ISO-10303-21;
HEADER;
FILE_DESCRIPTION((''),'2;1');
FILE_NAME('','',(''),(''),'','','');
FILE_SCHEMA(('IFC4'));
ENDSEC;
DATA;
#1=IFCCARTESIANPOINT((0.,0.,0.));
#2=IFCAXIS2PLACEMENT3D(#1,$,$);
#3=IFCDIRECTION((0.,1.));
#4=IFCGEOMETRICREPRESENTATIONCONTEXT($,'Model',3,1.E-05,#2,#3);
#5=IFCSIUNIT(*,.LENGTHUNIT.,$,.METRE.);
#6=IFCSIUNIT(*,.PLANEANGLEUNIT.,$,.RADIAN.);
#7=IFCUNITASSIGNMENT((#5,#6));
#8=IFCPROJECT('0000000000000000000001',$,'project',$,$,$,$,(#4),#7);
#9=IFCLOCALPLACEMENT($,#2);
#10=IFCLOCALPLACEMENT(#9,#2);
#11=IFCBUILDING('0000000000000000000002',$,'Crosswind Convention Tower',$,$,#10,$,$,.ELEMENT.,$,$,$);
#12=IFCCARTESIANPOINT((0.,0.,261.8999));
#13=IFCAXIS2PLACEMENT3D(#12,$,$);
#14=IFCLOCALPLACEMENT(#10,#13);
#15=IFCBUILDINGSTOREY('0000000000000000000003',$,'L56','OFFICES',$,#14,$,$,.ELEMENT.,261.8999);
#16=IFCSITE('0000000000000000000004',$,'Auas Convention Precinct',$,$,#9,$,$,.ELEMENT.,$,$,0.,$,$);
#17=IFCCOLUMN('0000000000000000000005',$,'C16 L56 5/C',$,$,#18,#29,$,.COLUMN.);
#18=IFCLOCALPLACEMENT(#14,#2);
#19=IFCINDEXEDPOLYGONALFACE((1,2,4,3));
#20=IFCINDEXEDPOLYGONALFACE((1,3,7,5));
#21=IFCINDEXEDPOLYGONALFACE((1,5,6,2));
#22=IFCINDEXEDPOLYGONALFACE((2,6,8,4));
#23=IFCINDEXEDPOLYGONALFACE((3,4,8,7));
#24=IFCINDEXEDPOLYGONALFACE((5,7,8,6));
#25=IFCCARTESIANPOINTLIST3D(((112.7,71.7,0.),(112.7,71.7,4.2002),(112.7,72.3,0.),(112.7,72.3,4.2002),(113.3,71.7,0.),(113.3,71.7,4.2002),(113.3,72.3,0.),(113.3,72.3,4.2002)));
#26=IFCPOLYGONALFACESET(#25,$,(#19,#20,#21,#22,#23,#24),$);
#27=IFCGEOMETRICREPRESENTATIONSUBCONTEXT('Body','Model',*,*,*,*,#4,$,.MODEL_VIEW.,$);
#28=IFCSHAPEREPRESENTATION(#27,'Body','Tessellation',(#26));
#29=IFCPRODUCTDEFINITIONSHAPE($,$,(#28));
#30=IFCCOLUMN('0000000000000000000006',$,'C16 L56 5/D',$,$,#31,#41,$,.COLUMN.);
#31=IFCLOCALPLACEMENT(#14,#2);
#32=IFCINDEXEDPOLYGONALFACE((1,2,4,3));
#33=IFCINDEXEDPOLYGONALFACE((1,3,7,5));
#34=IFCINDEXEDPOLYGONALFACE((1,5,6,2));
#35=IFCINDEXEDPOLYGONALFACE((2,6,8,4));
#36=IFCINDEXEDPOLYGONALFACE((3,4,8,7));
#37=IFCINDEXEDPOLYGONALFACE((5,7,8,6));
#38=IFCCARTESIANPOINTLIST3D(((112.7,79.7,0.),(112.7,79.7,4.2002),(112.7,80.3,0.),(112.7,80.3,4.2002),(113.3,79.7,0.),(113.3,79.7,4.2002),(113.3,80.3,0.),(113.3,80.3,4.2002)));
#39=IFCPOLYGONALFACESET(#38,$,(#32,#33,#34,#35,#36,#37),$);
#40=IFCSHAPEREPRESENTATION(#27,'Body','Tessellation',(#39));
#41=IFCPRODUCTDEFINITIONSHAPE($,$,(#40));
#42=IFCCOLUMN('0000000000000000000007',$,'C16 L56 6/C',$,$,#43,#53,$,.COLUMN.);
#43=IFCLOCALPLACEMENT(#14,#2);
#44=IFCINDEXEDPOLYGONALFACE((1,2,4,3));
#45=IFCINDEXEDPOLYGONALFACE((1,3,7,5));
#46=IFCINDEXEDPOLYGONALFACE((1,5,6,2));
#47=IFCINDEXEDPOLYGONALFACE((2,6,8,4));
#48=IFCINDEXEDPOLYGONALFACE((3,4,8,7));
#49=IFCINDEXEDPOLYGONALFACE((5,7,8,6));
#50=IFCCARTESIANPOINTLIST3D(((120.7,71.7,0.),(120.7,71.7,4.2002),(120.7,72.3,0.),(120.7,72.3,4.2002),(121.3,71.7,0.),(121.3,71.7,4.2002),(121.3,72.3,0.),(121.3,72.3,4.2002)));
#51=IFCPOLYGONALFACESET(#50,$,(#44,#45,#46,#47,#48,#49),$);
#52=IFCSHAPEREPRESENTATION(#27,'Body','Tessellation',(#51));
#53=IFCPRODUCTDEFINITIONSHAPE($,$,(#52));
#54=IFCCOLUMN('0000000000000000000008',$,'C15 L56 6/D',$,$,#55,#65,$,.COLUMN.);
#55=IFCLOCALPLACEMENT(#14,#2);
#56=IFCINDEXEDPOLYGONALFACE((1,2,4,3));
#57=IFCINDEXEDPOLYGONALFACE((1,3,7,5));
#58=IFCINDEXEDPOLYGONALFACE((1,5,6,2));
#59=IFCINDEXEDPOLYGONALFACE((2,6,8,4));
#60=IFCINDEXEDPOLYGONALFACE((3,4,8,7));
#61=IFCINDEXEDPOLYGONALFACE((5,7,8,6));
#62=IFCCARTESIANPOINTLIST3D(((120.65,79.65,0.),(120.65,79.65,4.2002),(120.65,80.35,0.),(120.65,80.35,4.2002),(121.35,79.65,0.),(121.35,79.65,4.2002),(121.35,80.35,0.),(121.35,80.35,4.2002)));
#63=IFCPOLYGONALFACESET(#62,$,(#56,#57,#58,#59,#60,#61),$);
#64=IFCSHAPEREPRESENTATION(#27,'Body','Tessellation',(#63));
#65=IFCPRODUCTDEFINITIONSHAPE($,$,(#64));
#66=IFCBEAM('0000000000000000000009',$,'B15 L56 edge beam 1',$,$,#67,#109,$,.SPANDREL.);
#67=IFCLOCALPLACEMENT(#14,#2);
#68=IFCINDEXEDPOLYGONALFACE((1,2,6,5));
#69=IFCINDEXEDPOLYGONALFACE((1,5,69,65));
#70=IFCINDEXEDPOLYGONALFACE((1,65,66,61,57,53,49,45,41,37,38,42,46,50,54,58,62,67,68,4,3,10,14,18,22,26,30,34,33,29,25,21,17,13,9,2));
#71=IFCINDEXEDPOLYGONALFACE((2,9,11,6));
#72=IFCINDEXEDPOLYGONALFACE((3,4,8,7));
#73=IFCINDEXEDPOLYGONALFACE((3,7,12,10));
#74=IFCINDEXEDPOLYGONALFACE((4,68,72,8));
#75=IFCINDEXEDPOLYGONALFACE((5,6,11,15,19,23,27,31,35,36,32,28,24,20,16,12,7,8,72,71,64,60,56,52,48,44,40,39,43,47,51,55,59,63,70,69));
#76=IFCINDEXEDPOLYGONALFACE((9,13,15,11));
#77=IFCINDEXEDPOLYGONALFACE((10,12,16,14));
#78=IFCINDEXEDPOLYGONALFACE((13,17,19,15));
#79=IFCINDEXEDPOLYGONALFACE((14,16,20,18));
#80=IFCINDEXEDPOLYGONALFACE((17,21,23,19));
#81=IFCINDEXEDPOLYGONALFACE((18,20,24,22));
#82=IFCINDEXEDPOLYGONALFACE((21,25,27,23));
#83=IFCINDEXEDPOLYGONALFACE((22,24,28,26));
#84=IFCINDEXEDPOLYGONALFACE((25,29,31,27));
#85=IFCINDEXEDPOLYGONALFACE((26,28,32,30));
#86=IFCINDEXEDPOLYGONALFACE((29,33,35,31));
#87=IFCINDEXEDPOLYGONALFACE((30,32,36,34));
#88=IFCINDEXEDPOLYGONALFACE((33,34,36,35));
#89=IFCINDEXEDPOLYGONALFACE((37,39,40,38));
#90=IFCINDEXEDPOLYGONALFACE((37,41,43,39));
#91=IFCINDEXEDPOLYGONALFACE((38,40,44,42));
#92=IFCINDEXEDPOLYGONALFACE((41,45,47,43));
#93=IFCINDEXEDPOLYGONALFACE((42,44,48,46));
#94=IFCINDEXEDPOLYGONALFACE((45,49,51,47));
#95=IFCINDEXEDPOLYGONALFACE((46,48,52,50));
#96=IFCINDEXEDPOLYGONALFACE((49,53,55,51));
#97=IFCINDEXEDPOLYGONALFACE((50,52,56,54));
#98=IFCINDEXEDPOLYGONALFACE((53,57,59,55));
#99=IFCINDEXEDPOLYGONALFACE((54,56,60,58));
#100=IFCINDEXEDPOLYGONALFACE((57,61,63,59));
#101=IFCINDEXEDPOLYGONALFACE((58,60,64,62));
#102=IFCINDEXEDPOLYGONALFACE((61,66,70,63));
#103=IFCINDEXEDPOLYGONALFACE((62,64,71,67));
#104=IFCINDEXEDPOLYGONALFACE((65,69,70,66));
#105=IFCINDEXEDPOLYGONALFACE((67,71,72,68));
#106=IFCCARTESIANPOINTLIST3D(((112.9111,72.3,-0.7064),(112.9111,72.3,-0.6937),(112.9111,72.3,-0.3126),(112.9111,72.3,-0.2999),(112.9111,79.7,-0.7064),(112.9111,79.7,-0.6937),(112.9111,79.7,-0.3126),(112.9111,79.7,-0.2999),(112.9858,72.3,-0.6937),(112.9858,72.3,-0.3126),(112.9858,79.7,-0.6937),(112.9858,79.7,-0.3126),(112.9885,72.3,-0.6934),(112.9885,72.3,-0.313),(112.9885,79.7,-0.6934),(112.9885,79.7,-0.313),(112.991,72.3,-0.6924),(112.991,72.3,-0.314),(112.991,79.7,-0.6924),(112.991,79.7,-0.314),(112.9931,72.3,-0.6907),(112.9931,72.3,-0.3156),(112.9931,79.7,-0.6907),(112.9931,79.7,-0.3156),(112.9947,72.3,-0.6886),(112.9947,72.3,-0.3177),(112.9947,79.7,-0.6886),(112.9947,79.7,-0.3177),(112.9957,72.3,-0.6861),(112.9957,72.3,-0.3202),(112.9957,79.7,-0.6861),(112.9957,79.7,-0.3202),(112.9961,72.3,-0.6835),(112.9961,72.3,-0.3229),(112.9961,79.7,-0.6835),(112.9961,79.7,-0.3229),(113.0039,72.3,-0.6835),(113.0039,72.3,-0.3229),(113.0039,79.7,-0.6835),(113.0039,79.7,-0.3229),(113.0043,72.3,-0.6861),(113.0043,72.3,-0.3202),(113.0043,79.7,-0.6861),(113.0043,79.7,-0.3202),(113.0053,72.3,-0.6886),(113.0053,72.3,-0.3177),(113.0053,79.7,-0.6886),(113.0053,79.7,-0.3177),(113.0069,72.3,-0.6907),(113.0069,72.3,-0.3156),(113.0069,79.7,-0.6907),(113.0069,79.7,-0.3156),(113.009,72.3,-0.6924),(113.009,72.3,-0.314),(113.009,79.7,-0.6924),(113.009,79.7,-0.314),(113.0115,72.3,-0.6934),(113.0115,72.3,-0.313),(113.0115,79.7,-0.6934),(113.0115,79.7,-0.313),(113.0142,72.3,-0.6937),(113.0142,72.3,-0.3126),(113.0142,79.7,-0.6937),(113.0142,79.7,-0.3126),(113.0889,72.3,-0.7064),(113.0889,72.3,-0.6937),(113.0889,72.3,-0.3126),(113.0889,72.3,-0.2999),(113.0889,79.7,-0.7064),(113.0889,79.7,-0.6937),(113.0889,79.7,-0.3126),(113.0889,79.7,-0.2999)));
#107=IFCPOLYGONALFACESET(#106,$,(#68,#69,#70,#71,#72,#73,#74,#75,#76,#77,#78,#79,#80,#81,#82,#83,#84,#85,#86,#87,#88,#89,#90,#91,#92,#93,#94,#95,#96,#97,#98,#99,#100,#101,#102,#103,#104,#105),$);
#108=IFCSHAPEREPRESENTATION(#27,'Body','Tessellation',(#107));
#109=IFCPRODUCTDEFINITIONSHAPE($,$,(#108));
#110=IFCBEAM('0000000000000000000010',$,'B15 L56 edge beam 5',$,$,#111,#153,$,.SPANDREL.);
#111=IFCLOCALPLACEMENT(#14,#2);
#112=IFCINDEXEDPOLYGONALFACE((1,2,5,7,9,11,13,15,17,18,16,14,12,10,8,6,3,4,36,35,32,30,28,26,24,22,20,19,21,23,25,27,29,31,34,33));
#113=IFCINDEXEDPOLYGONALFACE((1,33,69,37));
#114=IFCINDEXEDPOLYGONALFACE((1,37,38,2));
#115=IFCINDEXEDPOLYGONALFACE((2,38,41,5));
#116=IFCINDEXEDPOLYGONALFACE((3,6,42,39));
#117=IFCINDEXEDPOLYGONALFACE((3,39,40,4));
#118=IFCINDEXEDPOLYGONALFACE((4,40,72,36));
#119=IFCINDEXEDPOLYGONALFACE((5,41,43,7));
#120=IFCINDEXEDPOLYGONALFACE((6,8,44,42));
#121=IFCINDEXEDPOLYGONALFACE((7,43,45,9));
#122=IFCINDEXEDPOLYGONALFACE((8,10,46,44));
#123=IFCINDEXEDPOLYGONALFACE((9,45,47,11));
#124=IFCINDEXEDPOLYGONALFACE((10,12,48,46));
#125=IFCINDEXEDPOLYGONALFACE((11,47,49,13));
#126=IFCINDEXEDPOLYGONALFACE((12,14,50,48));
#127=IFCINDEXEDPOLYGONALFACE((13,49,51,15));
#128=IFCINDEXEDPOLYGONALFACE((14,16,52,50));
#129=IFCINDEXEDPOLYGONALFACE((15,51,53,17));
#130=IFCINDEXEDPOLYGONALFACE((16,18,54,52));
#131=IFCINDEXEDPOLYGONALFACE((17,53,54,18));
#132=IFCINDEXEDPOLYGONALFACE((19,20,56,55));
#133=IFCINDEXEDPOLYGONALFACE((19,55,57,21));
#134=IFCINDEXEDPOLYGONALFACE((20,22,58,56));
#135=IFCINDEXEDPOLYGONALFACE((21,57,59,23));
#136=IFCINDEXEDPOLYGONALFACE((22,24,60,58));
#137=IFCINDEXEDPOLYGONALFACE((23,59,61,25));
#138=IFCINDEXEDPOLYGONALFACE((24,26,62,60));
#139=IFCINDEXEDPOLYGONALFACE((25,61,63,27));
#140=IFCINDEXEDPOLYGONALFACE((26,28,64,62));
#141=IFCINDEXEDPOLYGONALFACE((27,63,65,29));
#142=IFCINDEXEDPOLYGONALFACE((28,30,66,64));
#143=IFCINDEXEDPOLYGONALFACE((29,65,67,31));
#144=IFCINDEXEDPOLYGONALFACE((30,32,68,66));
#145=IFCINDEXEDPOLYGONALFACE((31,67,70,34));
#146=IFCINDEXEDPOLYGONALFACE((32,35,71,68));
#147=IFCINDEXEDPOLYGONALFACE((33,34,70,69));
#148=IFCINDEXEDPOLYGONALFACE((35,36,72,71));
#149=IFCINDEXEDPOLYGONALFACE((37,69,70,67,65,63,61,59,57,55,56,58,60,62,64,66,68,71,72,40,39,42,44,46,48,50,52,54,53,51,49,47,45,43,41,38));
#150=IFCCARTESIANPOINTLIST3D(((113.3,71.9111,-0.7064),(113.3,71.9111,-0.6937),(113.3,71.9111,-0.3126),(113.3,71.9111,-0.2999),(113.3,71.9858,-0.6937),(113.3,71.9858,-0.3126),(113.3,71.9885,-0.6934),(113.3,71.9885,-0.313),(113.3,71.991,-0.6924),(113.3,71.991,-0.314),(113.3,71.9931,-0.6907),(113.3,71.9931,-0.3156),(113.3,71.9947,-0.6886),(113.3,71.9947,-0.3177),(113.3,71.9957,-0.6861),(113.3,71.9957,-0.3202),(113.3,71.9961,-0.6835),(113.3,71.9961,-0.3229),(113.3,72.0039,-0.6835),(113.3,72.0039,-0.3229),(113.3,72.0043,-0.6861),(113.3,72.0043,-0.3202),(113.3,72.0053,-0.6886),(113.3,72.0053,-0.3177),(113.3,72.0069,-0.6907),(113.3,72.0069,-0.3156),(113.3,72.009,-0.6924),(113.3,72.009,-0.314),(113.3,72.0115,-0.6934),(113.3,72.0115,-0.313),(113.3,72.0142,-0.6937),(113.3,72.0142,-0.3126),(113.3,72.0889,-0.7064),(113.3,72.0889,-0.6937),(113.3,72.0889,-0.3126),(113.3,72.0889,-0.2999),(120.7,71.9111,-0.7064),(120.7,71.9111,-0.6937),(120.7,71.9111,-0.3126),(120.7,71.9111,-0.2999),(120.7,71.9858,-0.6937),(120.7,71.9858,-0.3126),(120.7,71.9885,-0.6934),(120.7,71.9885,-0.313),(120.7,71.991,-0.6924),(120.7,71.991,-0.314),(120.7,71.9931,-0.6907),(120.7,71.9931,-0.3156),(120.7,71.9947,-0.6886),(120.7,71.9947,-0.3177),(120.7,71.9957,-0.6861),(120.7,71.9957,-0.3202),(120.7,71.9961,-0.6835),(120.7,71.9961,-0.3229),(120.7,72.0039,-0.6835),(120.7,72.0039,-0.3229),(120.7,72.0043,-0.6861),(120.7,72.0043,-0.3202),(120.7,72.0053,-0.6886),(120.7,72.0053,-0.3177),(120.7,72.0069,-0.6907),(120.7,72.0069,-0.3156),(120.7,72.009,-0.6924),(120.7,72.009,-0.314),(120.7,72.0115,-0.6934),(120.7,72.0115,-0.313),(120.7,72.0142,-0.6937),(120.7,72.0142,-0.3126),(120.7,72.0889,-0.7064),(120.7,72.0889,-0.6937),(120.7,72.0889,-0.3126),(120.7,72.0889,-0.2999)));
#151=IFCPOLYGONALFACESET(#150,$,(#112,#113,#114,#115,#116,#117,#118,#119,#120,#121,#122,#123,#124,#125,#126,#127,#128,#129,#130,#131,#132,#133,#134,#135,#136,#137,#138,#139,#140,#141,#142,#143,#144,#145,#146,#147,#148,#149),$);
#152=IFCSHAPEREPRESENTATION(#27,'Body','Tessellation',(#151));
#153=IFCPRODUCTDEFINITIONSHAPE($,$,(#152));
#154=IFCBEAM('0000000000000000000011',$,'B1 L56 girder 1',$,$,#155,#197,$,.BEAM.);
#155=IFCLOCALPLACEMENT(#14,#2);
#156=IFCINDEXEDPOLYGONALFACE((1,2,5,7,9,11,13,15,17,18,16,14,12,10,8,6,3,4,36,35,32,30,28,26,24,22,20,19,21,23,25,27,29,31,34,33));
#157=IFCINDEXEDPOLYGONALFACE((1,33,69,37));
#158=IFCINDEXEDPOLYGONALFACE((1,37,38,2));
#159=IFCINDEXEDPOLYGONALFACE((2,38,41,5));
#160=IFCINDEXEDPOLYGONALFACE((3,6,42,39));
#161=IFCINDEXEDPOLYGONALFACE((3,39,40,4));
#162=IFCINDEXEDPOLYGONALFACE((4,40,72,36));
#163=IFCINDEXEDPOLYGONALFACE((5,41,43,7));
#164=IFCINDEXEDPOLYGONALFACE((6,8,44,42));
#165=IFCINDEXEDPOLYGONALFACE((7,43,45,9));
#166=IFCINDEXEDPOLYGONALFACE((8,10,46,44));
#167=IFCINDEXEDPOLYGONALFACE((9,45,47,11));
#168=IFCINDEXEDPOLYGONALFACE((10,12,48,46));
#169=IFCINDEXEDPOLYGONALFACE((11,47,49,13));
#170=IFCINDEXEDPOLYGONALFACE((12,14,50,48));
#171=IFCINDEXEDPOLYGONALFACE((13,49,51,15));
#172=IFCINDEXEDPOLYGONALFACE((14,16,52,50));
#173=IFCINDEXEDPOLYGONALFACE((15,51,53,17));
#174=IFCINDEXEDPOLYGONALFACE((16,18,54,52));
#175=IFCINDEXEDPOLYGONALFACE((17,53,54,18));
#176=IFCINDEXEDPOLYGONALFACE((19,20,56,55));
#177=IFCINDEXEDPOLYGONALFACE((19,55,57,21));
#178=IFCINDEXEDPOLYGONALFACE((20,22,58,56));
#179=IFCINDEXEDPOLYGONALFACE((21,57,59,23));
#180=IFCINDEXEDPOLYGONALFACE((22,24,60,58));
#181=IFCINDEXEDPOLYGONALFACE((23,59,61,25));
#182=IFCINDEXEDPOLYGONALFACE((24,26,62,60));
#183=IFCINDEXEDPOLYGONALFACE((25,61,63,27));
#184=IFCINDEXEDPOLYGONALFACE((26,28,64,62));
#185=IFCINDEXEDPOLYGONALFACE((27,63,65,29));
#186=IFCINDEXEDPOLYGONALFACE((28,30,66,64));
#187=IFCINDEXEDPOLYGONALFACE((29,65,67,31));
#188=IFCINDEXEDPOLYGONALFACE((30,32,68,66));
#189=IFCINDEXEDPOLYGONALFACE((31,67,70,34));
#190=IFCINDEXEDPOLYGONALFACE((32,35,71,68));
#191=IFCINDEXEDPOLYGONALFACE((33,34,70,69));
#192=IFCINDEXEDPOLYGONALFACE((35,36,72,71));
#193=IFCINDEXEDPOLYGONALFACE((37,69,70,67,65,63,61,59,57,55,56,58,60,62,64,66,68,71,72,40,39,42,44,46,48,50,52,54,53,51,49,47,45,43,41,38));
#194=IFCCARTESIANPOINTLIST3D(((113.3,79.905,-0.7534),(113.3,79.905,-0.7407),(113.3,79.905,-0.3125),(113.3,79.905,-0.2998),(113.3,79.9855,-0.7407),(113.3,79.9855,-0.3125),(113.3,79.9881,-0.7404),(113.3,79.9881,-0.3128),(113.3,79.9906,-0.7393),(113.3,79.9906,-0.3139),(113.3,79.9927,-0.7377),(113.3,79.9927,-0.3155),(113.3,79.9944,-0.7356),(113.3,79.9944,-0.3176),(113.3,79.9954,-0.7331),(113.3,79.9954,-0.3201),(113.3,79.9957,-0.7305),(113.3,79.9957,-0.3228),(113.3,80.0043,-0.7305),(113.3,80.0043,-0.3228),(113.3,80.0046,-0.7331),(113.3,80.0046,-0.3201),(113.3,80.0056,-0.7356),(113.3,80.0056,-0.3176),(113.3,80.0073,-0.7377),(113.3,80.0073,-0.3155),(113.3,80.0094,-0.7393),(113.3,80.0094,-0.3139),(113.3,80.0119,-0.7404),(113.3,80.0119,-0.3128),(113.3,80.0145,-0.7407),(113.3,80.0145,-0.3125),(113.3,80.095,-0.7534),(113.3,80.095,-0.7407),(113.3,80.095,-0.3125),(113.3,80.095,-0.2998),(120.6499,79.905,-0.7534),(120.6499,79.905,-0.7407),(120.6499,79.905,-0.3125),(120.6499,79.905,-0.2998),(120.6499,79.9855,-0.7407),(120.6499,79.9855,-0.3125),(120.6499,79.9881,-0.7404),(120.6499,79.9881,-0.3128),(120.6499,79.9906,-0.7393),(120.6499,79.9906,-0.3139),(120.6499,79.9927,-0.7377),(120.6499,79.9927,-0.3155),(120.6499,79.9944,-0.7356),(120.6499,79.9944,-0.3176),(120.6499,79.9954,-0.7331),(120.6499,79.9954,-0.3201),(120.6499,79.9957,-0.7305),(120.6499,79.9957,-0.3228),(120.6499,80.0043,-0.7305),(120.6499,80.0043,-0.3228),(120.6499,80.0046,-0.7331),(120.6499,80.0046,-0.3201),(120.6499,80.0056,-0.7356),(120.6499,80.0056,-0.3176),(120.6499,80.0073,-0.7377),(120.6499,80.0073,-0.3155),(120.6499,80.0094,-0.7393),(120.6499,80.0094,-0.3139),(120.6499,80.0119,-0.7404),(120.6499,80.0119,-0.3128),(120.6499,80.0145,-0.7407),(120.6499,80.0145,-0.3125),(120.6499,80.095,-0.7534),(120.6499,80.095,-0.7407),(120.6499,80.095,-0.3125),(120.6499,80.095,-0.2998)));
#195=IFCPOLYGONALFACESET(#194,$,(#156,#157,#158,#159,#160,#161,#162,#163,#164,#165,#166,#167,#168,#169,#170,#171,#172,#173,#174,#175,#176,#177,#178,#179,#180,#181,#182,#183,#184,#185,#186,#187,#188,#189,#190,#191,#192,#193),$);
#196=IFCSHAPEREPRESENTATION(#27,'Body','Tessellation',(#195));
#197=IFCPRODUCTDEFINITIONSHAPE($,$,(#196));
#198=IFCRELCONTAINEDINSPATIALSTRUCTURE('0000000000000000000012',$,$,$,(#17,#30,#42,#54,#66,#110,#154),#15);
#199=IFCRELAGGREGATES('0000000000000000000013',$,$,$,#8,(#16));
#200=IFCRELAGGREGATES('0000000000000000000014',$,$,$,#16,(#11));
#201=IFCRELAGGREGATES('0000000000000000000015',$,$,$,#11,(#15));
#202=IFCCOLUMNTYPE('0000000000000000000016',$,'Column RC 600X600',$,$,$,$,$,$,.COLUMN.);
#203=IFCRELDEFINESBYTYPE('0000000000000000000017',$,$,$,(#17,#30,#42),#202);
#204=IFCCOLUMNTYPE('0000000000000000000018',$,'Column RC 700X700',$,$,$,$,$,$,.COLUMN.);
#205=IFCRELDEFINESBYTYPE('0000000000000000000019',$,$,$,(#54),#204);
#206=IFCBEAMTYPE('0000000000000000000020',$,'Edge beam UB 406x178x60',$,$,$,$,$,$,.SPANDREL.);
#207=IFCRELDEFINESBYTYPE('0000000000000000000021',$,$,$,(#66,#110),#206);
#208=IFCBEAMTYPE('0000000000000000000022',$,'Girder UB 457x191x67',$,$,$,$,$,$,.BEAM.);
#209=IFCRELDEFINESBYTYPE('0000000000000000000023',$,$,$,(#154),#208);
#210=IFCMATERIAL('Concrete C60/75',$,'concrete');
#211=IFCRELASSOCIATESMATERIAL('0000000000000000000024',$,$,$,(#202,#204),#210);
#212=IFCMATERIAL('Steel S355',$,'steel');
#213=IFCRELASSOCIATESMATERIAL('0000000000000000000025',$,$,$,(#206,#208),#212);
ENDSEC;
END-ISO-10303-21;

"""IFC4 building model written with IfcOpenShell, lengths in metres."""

from ifc_helpers import new_model, si_unit, direction, frame, origin, origin_2d, place, context, subcontext, project, spatial, rectangle, i_section, extrude, material, material_profile, profile_set, type_object, element, save


model = new_model("IFC4")

# Units and contexts
model_context = context("Model", 3, precision=1e-05, world=origin(), true_north=direction((0.0, 1.0)))
body_context = subcontext(model_context, "Body", "Model", "MODEL_VIEW")
ifc_project = project(units=[si_unit("LENGTHUNIT", "METRE"), si_unit("PLANEANGLEUNIT", "RADIAN")], contexts=[model_context])

# Site, building, storey
site_placement = place(None, origin())
site = spatial("IfcSite", under=ifc_project, at=site_placement, Name="Auas Convention Precinct", CompositionType="ELEMENT", RefElevation=0.0)
building_placement = place(site_placement, origin())
building = spatial("IfcBuilding", under=site, at=building_placement, Name="Crosswind Convention Tower", CompositionType="ELEMENT")
storey_placement = place(building_placement, frame((0.0, 0.0, 261.8999)))
storey = spatial("IfcBuildingStorey", under=building, at=storey_placement, Name="L56", Description="OFFICES", CompositionType="ELEMENT", Elevation=261.8999)

# Columns
ifc_material_1 = material(Name="Concrete C60/75", Category="concrete")
ifc_material_profile_1 = material_profile(ifc_material_1, rectangle(XDim=0.6001, YDim=0.6001, at=origin_2d()), Name="RC 600X600")
ifc_profile_set_1 = profile_set([ifc_material_profile_1], Name="Concrete C60/75")
column_type_1 = type_object("IfcColumnType", Name="Column RC 600X600", PredefinedType="COLUMN", material=ifc_profile_set_1)
for number, where, z_axis, x_axis, name in (
    (1, (113.0, 72.0, 0.0), (0.0, 0.0, 1.0), (1.0, 0.0, 0.0), "C16 L56 5/C"),
    (2, (113.0, 80.0, 0.0), (0.0, 0.0, 1.0), (1.0, 0.0, 0.0), "C16 L56 5/D"),
    (3, (121.0, 72.0, 0.0), (0.0, 0.0, 1.0), (1.0, 0.0, 0.0), "C16 L56 6/C"),
):
    element("IfcColumn", number, at=place(storey_placement, frame(where, z_axis=z_axis, x_axis=x_axis)), inside=storey, type_object=column_type_1, Name=name, PredefinedType="COLUMN", context=body_context, shape_type="SweptSolid", body=[
        extrude(rectangle(XDim=0.6001, YDim=0.6001, at=origin_2d()), origin(), (0.0, 0.0, 1.0), 4.2002),
    ])
ifc_material_profile_2 = material_profile(ifc_material_1, rectangle(XDim=0.7, YDim=0.7, at=origin_2d()), Name="RC 700X700")
ifc_profile_set_2 = profile_set([ifc_material_profile_2], Name="Concrete C60/75")
column_type_2 = type_object("IfcColumnType", Name="Column RC 700X700", PredefinedType="COLUMN", material=ifc_profile_set_2)
column_placement = place(storey_placement, frame((121.0, 80.0, 0.0), z_axis=(0.0, 0.0, 1.0), x_axis=(1.0, 0.0, 0.0)))
element("IfcColumn", 4, at=column_placement, inside=storey, type_object=column_type_2, Name="C15 L56 6/D", PredefinedType="COLUMN", context=body_context, shape_type="SweptSolid", body=[
    extrude(rectangle(XDim=0.7, YDim=0.7, at=origin_2d()), origin(), (0.0, 0.0, 1.0), 4.2002),
])

# Beams
ifc_material_2 = material(Name="Steel S355", Category="steel")
ifc_material_profile_3 = material_profile(ifc_material_2, i_section(OverallWidth=0.1777, OverallDepth=0.4065, WebThickness=0.0078, FlangeThickness=0.0127, FilletRadius=0.0103, at=origin_2d()), Name="UB 406x178x60")
ifc_profile_set_3 = profile_set([ifc_material_profile_3], Name="Steel S355")
beam_type_1 = type_object("IfcBeamType", Name="Edge beam UB 406x178x60", PredefinedType="SPANDREL", material=ifc_profile_set_3)
for number, where, z_axis, x_axis, name in (
    (5, (113.0, 72.3, -0.5032), (0.0, 1.0, 0.0), (-1.0, 0.0, 0.0), "B15 L56 edge beam 1"),
    (6, (113.3, 72.0, -0.5032), (1.0, 0.0, 0.0), (0.0, 1.0, 0.0), "B15 L56 edge beam 5"),
):
    element("IfcBeam", number, at=place(storey_placement, frame(where, z_axis=z_axis, x_axis=x_axis)), inside=storey, type_object=beam_type_1, Name=name, PredefinedType="SPANDREL", context=body_context, shape_type="SweptSolid", body=[
        extrude(i_section(OverallWidth=0.1777, OverallDepth=0.4065, WebThickness=0.0078, FlangeThickness=0.0127, FilletRadius=0.0103, at=origin_2d()), origin(), (0.0, 0.0, 1.0), 7.3999),
    ])
ifc_material_profile_4 = material_profile(ifc_material_2, i_section(OverallWidth=0.1899, OverallDepth=0.4536, WebThickness=0.0085, FlangeThickness=0.0127, FilletRadius=0.0103, at=origin_2d()), Name="UB 457x191x67")
ifc_profile_set_4 = profile_set([ifc_material_profile_4], Name="Steel S355")
beam_type_2 = type_object("IfcBeamType", Name="Girder UB 457x191x67", PredefinedType="BEAM", material=ifc_profile_set_4)
for number, where, z_axis, x_axis, name in (
    (7, (113.3, 80.0, -0.5266), (1.0, 0.0, 0.0), (0.0, 1.0, 0.0), "B1 L56 girder 1"),
):
    element("IfcBeam", number, at=place(storey_placement, frame(where, z_axis=z_axis, x_axis=x_axis)), inside=storey, type_object=beam_type_2, Name=name, PredefinedType="BEAM", context=body_context, shape_type="SweptSolid", body=[
        extrude(i_section(OverallWidth=0.1899, OverallDepth=0.4536, WebThickness=0.0085, FlangeThickness=0.0127, FilletRadius=0.0103, at=origin_2d()), origin(), (0.0, 0.0, 1.0), 7.3499),
    ])

save(model, "model.ifc")
